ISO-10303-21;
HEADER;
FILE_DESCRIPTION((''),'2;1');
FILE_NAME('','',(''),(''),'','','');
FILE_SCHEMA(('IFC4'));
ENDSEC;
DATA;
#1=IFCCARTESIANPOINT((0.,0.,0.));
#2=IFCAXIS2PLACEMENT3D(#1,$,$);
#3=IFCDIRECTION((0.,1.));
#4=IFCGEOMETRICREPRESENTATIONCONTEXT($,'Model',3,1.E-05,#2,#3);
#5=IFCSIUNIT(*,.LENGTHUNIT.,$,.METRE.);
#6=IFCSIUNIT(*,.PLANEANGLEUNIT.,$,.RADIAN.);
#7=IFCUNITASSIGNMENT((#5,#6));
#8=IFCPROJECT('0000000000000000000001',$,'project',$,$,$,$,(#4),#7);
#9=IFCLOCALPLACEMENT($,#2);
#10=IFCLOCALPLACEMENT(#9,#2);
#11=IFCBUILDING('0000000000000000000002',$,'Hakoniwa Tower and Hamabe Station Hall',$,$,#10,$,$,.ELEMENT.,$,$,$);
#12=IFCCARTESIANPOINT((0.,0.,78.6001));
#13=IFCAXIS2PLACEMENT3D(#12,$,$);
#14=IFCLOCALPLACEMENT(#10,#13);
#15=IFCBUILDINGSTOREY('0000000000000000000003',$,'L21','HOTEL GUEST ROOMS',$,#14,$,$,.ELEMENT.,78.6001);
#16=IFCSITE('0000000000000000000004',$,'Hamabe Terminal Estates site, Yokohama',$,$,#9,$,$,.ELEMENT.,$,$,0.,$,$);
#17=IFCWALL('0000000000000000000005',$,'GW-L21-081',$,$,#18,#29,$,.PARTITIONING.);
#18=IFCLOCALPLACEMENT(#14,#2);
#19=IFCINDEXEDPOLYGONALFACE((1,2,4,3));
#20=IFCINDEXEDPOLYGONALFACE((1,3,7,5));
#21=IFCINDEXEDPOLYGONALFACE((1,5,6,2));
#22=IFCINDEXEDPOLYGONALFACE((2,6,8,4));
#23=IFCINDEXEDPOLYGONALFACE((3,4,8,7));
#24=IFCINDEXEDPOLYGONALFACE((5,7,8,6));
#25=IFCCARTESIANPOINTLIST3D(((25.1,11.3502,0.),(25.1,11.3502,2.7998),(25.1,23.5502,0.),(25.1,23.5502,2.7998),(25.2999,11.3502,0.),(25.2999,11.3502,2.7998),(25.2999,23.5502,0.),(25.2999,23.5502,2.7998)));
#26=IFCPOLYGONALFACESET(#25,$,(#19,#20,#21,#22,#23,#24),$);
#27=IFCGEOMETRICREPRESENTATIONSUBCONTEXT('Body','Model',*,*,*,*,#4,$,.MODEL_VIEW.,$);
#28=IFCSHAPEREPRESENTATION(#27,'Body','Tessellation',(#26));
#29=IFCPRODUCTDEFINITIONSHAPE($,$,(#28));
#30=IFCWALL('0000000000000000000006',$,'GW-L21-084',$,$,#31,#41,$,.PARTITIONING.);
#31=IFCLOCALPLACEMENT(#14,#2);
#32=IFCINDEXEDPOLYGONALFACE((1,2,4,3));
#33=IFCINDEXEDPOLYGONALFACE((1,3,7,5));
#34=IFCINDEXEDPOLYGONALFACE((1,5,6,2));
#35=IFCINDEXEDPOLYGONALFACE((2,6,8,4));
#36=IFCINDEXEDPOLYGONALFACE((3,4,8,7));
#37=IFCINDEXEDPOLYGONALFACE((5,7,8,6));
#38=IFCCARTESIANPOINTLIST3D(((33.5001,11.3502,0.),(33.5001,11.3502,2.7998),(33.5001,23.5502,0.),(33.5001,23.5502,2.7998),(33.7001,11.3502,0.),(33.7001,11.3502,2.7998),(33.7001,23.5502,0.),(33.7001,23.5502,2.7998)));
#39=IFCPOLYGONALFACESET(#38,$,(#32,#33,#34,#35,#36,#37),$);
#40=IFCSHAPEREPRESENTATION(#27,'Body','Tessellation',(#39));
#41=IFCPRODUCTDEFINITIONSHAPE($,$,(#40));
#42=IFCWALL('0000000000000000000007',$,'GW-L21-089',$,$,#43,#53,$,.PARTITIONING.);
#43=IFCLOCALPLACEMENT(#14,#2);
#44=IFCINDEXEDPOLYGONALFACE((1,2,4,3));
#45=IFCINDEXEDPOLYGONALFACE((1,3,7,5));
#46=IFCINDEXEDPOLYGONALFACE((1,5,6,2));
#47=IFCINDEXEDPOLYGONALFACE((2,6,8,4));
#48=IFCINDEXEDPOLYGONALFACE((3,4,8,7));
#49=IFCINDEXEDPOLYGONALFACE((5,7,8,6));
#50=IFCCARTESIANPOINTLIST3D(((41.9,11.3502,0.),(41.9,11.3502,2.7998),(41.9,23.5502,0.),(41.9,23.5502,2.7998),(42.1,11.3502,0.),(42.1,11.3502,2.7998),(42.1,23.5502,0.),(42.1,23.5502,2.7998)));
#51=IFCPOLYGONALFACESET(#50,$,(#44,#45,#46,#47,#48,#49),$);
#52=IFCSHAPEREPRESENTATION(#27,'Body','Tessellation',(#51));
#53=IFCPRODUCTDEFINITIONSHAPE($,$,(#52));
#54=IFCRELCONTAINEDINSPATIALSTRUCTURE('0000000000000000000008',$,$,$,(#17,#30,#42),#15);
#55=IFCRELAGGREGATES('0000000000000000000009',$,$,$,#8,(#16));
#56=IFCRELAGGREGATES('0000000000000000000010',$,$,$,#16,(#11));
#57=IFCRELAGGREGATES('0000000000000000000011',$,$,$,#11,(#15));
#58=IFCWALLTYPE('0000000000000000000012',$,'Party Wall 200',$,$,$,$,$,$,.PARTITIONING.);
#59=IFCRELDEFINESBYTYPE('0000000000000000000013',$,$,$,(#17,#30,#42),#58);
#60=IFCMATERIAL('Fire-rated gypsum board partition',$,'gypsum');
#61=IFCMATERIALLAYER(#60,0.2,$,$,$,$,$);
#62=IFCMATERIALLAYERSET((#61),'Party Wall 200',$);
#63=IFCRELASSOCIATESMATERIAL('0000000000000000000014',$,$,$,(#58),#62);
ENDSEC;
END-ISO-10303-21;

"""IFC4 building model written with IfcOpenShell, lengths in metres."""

from ifc_helpers import new_model, si_unit, direction, frame, frame_2d, origin, place, context, subcontext, project, spatial, rectangle, extrude, material, layer, layer_set, type_object, element, save


model = new_model("IFC4")

# Units and contexts
model_context = context("Model", 3, precision=1e-05, world=origin(), true_north=direction((0.0, 1.0)))
body_context = subcontext(model_context, "Body", "Model", "MODEL_VIEW")
ifc_project = project(units=[si_unit("LENGTHUNIT", "METRE"), si_unit("PLANEANGLEUNIT", "RADIAN")], contexts=[model_context])

# Site, building, storey
site_placement = place(None, origin())
site = spatial("IfcSite", under=ifc_project, at=site_placement, Name="Hamabe Terminal Estates site, Yokohama", CompositionType="ELEMENT", RefElevation=0.0)
building_placement = place(site_placement, origin())
building = spatial("IfcBuilding", under=site, at=building_placement, Name="Hakoniwa Tower and Hamabe Station Hall", CompositionType="ELEMENT")
storey_placement = place(building_placement, frame((0.0, 0.0, 78.6001)))
storey = spatial("IfcBuildingStorey", under=building, at=storey_placement, Name="L21", Description="HOTEL GUEST ROOMS", CompositionType="ELEMENT", Elevation=78.6001)

# Walls
ifc_material_1 = material(Name="Fire-rated gypsum board partition", Category="gypsum")
ifc_layer_1 = layer(ifc_material_1, 0.2)
ifc_layer_set_1 = layer_set([ifc_layer_1], Name="Party Wall 200")
wall_type = type_object("IfcWallType", Name="Party Wall 200", PredefinedType="PARTITIONING", material=ifc_layer_set_1)
for number, where, z_axis, x_axis, name in (
    (1, (25.2, 11.3501, 0.0), (0.0, 0.0, 1.0), (0.0, 1.0, 0.0), "GW-L21-081"),
    (2, (33.6001, 11.3501, 0.0), (0.0, 0.0, 1.0), (0.0, 1.0, 0.0), "GW-L21-084"),
    (3, (42.0, 11.3501, 0.0), (0.0, 0.0, 1.0), (0.0, 1.0, 0.0), "GW-L21-089"),
):
    element("IfcWall", number, at=place(storey_placement, frame(where, z_axis=z_axis, x_axis=x_axis)), inside=storey, type_object=wall_type, Name=name, PredefinedType="PARTITIONING", context=body_context, shape_type="SweptSolid", body=[
        extrude(rectangle(XDim=12.2, YDim=0.2, at=frame_2d((6.1001, 0.0))), origin(), (0.0, 0.0, 1.0), 2.7998),
    ])

save(model, "model.ifc")
